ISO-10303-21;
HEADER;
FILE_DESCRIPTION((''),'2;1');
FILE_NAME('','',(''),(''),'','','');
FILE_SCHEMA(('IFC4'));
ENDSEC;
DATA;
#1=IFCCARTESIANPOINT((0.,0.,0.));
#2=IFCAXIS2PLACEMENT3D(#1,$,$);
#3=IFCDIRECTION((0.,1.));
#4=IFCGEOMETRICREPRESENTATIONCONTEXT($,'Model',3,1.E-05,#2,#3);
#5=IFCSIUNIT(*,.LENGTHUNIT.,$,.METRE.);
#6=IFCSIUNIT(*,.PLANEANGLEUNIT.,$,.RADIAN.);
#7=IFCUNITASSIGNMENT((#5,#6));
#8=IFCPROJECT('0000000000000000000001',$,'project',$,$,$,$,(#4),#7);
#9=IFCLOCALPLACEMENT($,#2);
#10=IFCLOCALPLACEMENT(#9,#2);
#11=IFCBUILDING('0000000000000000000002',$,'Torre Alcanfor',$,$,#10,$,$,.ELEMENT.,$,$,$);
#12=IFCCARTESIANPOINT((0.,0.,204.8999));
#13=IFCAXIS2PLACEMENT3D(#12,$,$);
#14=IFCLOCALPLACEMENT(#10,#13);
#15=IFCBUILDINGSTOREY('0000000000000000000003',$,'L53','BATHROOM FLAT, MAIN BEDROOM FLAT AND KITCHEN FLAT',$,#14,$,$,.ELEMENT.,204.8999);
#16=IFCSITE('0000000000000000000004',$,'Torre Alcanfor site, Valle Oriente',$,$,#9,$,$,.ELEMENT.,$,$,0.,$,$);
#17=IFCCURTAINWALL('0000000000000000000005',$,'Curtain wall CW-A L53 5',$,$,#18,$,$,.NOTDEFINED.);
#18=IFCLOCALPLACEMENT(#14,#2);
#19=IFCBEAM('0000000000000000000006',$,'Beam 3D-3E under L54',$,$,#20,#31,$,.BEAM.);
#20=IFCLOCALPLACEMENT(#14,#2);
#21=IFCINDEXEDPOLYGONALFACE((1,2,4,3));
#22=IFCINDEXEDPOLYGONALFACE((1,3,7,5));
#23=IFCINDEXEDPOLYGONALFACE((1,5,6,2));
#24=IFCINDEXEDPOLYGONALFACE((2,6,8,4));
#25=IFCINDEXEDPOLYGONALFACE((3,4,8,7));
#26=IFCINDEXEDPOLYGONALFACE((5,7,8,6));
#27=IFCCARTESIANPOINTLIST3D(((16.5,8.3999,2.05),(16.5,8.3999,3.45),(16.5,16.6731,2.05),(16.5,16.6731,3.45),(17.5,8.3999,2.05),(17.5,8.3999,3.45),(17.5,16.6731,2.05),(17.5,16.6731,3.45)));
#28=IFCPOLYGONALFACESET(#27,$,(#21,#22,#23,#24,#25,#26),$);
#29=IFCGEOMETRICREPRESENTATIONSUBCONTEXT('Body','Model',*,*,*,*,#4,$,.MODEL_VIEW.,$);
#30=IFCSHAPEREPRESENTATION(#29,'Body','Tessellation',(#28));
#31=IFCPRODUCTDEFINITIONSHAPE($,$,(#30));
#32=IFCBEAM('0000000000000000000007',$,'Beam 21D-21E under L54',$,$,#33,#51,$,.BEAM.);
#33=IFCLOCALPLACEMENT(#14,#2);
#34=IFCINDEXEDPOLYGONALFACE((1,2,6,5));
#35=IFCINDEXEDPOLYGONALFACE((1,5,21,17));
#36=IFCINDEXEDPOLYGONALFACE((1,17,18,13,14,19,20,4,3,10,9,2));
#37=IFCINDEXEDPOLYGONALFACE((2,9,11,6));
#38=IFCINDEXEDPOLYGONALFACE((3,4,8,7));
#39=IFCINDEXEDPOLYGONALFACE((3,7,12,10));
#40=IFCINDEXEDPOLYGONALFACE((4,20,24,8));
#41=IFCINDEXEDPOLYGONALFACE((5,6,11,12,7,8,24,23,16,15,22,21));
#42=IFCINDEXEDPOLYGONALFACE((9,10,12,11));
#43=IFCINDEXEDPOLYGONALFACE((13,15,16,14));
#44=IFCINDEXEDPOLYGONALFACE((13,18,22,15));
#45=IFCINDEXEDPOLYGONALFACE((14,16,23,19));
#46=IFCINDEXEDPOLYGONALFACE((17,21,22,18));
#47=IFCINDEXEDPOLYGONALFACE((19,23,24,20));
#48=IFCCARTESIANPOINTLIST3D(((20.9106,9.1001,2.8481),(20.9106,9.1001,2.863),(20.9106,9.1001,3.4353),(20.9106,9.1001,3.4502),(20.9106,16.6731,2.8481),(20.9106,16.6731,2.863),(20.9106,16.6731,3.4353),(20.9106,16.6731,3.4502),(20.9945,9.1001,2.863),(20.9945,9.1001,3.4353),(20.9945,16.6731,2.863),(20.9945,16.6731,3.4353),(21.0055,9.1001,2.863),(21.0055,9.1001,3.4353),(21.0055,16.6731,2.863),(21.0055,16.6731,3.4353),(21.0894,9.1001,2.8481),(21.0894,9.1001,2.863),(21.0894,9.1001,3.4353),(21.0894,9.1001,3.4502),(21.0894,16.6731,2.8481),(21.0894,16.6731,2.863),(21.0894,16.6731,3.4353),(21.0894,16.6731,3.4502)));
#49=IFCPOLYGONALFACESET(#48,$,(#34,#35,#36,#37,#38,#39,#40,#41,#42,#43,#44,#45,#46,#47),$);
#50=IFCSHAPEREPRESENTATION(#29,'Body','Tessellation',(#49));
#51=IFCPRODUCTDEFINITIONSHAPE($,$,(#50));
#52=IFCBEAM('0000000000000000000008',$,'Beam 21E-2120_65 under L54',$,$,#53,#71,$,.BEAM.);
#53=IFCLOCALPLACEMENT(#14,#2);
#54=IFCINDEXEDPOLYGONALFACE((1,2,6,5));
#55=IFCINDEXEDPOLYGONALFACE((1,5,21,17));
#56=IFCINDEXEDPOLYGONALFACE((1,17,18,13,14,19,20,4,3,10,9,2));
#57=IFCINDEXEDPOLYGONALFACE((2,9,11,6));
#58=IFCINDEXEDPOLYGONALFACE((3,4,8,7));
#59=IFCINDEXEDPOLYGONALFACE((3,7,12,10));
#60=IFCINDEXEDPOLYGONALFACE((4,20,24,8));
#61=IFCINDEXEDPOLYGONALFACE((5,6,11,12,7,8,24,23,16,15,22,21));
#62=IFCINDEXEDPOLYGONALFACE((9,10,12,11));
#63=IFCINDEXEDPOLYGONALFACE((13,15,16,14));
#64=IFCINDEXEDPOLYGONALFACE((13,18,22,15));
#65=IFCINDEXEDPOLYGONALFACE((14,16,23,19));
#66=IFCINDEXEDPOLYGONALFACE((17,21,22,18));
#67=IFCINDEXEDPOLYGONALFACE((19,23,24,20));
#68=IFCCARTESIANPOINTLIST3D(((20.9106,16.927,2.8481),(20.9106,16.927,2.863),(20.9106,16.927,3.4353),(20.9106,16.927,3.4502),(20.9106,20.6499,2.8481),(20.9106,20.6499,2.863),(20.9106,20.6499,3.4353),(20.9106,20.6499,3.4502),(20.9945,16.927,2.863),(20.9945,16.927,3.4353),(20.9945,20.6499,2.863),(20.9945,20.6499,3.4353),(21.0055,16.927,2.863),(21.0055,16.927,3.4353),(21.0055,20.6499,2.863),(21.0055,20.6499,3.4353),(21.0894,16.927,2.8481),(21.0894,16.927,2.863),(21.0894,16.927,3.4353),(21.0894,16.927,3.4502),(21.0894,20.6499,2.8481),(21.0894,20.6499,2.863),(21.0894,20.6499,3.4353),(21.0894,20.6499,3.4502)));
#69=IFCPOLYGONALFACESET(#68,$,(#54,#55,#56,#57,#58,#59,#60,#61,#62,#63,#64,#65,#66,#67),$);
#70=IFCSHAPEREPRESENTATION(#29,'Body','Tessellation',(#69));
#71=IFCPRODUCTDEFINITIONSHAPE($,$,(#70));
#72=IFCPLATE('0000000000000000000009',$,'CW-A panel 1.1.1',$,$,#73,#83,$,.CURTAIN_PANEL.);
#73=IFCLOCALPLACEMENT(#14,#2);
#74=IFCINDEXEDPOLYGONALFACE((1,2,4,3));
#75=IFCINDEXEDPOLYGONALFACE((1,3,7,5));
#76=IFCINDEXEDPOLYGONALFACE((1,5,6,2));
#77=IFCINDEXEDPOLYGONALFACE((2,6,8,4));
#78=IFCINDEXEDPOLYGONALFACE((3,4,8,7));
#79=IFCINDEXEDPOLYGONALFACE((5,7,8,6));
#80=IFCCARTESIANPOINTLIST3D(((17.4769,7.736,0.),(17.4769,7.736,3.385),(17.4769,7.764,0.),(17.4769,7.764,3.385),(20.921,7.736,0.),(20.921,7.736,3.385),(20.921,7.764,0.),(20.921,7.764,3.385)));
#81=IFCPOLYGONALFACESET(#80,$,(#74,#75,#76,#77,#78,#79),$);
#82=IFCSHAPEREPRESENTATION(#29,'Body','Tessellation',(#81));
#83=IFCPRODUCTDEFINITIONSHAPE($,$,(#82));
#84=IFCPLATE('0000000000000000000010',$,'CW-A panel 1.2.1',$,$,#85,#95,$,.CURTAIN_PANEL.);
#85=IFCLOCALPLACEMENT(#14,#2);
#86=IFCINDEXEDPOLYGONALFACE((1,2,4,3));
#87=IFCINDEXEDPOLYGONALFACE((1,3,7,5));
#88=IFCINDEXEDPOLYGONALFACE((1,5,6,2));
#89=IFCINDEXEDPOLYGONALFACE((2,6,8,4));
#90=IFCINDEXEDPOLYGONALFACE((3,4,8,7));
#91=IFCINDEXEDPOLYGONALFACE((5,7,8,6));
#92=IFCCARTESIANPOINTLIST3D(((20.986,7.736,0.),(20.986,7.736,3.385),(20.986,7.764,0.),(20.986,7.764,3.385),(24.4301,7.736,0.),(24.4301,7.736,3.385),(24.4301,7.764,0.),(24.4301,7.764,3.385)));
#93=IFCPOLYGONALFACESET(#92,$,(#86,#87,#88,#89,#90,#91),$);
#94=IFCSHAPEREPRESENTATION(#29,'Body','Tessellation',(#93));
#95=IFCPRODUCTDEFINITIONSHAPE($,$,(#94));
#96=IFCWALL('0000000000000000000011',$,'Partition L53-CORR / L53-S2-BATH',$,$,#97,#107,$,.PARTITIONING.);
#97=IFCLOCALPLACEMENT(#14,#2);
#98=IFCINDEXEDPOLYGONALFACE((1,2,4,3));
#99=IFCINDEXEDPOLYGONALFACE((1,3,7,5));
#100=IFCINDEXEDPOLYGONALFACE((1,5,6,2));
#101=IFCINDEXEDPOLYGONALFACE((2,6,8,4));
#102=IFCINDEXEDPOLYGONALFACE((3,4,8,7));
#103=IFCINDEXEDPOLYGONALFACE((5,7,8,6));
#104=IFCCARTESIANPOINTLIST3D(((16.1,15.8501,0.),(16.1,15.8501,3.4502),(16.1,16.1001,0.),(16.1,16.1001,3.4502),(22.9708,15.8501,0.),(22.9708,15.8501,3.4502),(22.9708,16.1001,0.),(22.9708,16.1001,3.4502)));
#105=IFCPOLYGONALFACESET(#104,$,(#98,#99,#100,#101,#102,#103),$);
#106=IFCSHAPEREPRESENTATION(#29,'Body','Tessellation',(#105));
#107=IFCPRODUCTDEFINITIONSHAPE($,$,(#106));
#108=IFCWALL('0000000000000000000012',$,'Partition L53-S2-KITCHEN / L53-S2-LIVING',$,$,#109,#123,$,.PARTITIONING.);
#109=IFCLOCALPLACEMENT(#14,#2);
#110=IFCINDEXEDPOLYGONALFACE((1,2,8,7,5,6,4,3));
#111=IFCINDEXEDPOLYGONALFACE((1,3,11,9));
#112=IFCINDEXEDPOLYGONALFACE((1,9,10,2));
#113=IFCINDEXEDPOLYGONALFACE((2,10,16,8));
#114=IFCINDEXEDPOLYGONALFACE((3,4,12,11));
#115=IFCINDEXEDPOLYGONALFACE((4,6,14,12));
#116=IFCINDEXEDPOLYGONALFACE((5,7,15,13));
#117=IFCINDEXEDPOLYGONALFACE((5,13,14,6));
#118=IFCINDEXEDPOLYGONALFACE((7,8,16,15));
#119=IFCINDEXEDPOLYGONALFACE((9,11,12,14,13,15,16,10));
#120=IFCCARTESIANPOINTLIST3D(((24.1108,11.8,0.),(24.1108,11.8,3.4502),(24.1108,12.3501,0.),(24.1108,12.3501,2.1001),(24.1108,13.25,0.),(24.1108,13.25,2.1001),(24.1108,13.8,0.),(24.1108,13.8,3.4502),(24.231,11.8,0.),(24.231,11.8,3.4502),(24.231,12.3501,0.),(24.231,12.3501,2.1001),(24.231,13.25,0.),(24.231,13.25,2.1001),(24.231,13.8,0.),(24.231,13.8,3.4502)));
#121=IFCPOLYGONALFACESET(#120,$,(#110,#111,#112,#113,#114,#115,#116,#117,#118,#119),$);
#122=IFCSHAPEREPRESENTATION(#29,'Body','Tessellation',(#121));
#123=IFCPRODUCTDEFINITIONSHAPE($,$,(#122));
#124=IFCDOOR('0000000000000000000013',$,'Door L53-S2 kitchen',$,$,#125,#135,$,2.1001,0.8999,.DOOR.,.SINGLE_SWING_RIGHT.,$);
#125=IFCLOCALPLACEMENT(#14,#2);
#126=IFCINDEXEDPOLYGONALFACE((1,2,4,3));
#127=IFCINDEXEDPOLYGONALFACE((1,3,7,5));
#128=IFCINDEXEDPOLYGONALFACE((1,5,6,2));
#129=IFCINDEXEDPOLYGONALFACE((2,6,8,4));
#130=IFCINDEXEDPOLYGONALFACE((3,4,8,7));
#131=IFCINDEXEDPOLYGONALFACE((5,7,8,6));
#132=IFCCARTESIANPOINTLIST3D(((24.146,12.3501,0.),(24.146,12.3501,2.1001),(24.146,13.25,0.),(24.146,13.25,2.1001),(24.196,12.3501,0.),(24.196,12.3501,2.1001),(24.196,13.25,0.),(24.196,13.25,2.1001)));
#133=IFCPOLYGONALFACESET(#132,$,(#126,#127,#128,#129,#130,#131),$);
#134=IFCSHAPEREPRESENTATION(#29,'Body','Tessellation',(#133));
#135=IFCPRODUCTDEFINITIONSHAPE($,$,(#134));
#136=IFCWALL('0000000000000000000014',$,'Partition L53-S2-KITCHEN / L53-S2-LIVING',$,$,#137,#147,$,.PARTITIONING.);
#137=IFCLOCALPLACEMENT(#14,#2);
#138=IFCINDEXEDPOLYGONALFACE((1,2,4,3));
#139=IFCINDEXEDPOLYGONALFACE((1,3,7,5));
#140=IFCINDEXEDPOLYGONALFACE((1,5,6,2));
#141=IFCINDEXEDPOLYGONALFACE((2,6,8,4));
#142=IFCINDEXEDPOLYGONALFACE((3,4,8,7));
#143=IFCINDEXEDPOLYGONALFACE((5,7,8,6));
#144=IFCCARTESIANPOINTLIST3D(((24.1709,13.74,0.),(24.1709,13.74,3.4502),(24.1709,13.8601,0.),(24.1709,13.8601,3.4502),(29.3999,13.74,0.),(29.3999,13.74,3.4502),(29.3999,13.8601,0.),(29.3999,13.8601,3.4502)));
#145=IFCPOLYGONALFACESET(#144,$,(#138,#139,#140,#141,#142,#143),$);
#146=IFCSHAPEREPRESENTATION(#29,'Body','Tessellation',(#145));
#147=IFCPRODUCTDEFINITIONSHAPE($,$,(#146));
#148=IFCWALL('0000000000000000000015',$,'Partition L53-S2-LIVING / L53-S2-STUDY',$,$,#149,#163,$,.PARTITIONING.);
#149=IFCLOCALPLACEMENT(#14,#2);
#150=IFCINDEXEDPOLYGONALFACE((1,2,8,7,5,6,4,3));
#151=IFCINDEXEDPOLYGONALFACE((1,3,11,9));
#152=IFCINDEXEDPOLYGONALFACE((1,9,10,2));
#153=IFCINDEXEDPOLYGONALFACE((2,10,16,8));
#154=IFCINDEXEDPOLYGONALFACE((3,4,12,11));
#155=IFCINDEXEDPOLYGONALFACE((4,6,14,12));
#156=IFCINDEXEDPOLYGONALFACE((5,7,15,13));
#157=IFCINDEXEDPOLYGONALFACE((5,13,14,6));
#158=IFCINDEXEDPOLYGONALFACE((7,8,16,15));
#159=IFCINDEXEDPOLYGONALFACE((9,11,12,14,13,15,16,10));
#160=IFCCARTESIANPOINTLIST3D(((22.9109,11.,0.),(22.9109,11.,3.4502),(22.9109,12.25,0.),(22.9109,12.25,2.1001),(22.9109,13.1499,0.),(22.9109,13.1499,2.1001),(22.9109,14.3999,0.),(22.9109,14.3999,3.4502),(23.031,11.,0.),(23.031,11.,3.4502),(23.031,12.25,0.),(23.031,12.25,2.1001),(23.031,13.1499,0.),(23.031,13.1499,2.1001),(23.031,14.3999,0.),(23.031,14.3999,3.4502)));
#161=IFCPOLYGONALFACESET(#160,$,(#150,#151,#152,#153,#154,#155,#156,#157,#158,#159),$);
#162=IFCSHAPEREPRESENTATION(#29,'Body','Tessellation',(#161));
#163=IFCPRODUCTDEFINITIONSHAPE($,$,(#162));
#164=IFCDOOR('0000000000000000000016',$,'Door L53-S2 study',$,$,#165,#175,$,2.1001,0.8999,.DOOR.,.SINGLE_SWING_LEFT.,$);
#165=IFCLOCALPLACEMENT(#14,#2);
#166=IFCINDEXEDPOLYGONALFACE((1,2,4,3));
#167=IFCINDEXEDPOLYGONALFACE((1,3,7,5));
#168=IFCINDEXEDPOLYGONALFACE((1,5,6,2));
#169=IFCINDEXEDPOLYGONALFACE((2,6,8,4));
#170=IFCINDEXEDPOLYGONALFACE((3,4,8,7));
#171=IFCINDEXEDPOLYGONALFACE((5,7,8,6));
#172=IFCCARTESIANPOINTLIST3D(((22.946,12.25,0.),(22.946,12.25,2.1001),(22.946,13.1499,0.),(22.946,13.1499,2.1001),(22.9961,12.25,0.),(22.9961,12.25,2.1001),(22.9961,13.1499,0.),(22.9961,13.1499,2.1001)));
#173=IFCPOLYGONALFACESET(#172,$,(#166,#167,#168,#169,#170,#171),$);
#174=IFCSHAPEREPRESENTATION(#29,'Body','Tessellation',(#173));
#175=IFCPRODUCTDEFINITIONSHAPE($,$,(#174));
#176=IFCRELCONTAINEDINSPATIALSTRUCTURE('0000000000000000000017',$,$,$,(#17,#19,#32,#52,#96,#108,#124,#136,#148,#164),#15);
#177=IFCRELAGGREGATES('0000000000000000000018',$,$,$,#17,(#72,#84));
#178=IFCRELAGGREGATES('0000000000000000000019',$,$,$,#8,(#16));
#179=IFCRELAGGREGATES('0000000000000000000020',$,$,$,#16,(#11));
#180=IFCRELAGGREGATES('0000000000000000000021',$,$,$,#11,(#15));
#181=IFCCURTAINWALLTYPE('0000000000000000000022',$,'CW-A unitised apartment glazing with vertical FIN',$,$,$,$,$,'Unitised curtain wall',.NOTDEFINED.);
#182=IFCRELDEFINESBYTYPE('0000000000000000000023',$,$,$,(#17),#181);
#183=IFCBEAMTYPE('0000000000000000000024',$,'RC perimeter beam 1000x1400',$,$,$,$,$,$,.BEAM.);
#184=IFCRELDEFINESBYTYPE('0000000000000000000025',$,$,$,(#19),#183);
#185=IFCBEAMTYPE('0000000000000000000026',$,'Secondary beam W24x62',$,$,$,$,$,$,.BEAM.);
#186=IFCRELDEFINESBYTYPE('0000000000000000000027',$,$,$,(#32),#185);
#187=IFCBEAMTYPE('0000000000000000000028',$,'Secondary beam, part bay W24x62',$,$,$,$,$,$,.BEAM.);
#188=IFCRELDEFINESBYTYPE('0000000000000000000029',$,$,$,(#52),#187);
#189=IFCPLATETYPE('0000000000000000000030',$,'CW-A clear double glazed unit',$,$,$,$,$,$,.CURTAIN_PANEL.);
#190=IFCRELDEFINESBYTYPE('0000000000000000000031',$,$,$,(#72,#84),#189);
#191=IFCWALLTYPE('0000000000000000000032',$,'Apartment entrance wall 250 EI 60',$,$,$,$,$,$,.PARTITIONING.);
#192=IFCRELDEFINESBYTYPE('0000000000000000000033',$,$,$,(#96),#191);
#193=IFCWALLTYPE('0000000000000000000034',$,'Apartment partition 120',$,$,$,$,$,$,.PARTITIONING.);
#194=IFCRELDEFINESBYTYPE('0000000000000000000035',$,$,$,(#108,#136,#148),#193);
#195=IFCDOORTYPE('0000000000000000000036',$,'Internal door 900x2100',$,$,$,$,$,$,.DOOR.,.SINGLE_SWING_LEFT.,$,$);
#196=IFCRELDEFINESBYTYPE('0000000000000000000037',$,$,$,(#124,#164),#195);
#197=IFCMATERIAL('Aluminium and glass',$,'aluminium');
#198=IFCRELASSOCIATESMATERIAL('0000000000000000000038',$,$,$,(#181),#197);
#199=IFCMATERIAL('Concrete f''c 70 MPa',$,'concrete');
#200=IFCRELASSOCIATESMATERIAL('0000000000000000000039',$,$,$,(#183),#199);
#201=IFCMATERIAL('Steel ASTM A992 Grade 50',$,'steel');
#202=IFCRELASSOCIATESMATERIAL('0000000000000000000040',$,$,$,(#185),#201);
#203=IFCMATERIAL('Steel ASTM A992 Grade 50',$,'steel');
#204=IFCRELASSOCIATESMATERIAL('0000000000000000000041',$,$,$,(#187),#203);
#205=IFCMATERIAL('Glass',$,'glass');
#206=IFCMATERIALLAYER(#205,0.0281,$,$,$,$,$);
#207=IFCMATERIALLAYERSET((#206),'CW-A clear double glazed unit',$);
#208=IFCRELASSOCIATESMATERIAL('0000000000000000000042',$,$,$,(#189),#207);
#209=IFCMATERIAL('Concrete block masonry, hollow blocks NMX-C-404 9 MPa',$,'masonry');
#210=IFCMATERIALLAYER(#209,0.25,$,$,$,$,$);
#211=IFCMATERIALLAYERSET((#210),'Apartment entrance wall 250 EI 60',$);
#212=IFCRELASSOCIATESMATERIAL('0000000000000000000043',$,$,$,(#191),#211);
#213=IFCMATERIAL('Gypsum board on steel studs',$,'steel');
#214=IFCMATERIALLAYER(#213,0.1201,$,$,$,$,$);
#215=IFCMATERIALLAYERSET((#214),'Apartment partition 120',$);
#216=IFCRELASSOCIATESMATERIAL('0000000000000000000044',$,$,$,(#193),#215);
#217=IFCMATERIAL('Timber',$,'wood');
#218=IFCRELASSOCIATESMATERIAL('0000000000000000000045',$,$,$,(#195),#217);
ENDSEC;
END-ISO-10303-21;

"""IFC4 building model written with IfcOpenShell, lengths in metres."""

from ifc_helpers import new_model, si_unit, direction, frame, frame_2d, origin, origin_2d, place, context, subcontext, project, spatial, rectangle, i_section, extrude, material, layer, layer_set, material_profile, profile_set, type_object, element, fill, aggregate, save


model = new_model("IFC4")

# Units and contexts
model_context = context("Model", 3, precision=1e-05, world=origin(), true_north=direction((0.0, 1.0)))
body_context = subcontext(model_context, "Body", "Model", "MODEL_VIEW")
ifc_project = project(units=[si_unit("LENGTHUNIT", "METRE"), si_unit("PLANEANGLEUNIT", "RADIAN")], contexts=[model_context])

# Site, building, storey
site_placement = place(None, origin())
site = spatial("IfcSite", under=ifc_project, at=site_placement, Name="Torre Alcanfor site, Valle Oriente", CompositionType="ELEMENT", RefElevation=0.0)
building_placement = place(site_placement, origin())
building = spatial("IfcBuilding", under=site, at=building_placement, Name="Torre Alcanfor", CompositionType="ELEMENT")
storey_placement = place(building_placement, frame((0.0, 0.0, 204.8999)))
storey = spatial("IfcBuildingStorey", under=building, at=storey_placement, Name="L53", Description="BATHROOM FLAT, MAIN BEDROOM FLAT AND KITCHEN FLAT", CompositionType="ELEMENT", Elevation=204.8999)

# Curtain wall
ifc_material_1 = material(Name="Aluminium and glass", Category="aluminium")
curtain_wall_type = type_object("IfcCurtainWallType", Name="CW-A unitised apartment glazing with vertical FIN", ElementType="Unitised curtain wall", PredefinedType="NOTDEFINED", material=ifc_material_1)
curtain_wall_placement = place(storey_placement, origin())
curtain_wall = element("IfcCurtainWall", 1, at=curtain_wall_placement, inside=storey, type_object=curtain_wall_type, Name="Curtain wall CW-A L53 5", PredefinedType="NOTDEFINED")

# Beams
ifc_material_2 = material(Name="Concrete f'c 70 MPa", Category="concrete")
ifc_material_profile_1 = material_profile(ifc_material_2, rectangle(XDim=1.0, YDim=1.3999, at=origin_2d()), Name="1000x1400")
ifc_profile_set_1 = profile_set([ifc_material_profile_1], Name="Concrete f'c 70 MPa")
beam_type_1 = type_object("IfcBeamType", Name="RC perimeter beam 1000x1400", PredefinedType="BEAM", material=ifc_profile_set_1)
beam_1_placement = place(storey_placement, frame((17.0, 8.3999, 2.75), z_axis=(0.0, 1.0, 0.0), x_axis=(-1.0, 0.0, 0.0)))
element("IfcBeam", 2, at=beam_1_placement, inside=storey, type_object=beam_type_1, Name="Beam 3D-3E under L54", PredefinedType="BEAM", context=body_context, shape_type="SweptSolid", body=[
    extrude(rectangle(XDim=1.0, YDim=1.3999, at=origin_2d()), origin(), (0.0, 0.0, 1.0), 8.2732),
])
ifc_material_3 = material(Name="Steel ASTM A992 Grade 50", Category="steel")
ifc_material_profile_2 = material_profile(ifc_material_3, i_section(OverallWidth=0.1787, OverallDepth=0.6021, WebThickness=0.011, FlangeThickness=0.0149, at=origin_2d()), Name="W24x62")
ifc_profile_set_2 = profile_set([ifc_material_profile_2], Name="Steel ASTM A992 Grade 50")
beam_type_2 = type_object("IfcBeamType", Name="Secondary beam W24x62", PredefinedType="BEAM", material=ifc_profile_set_2)
beam_2_placement = place(storey_placement, frame((21.0, 9.1001, 3.1492), z_axis=(0.0, 1.0, 0.0), x_axis=(-1.0, 0.0, 0.0)))
element("IfcBeam", 3, at=beam_2_placement, inside=storey, type_object=beam_type_2, Name="Beam 21D-21E under L54", PredefinedType="BEAM", context=body_context, shape_type="SweptSolid", body=[
    extrude(i_section(OverallWidth=0.1787, OverallDepth=0.6021, WebThickness=0.011, FlangeThickness=0.0149, at=origin_2d()), origin(), (0.0, 0.0, 1.0), 7.573),
])
ifc_material_4 = material(Name="Steel ASTM A992 Grade 50", Category="steel")
ifc_material_profile_3 = material_profile(ifc_material_4, i_section(OverallWidth=0.1787, OverallDepth=0.6021, WebThickness=0.011, FlangeThickness=0.0149, at=origin_2d()), Name="W24x62")
ifc_profile_set_3 = profile_set([ifc_material_profile_3], Name="Steel ASTM A992 Grade 50")
beam_type_3 = type_object("IfcBeamType", Name="Secondary beam, part bay W24x62", PredefinedType="BEAM", material=ifc_profile_set_3)
beam_3_placement = place(storey_placement, frame((21.0, 16.927, 3.1492), z_axis=(0.0, 1.0, 0.0), x_axis=(-1.0, 0.0, 0.0)))
element("IfcBeam", 4, at=beam_3_placement, inside=storey, type_object=beam_type_3, Name="Beam 21E-2120_65 under L54", PredefinedType="BEAM", context=body_context, shape_type="SweptSolid", body=[
    extrude(i_section(OverallWidth=0.1787, OverallDepth=0.6021, WebThickness=0.011, FlangeThickness=0.0149, at=origin_2d()), origin(), (0.0, 0.0, 1.0), 3.7229),
])

# Plates
ifc_material_5 = material(Name="Glass", Category="glass")
ifc_layer_1 = layer(ifc_material_5, 0.0281)
ifc_layer_set_1 = layer_set([ifc_layer_1], Name="CW-A clear double glazed unit")
plate_type = type_object("IfcPlateType", Name="CW-A clear double glazed unit", PredefinedType="CURTAIN_PANEL", material=ifc_layer_set_1)
plate_1_placement = place(storey_placement, frame((19.199, 7.75, 0.0), z_axis=(0.0, 0.0, 1.0), x_axis=(1.0, 0.0, 0.0)))
plate_1 = element("IfcPlate", 5, at=plate_1_placement, type_object=plate_type, Name="CW-A panel 1.1.1", PredefinedType="CURTAIN_PANEL", context=body_context, shape_type="SweptSolid", body=[
    extrude(rectangle(XDim=3.4441, YDim=0.0281, at=origin_2d()), origin(), (0.0, 0.0, 1.0), 3.385),
])
plate_2_placement = place(storey_placement, frame((22.708, 7.75, 0.0), z_axis=(0.0, 0.0, 1.0), x_axis=(1.0, 0.0, 0.0)))
plate_2 = element("IfcPlate", 6, at=plate_2_placement, type_object=plate_type, Name="CW-A panel 1.2.1", PredefinedType="CURTAIN_PANEL", context=body_context, shape_type="SweptSolid", body=[
    extrude(rectangle(XDim=3.4441, YDim=0.0281, at=origin_2d()), origin(), (0.0, 0.0, 1.0), 3.385),
])
aggregate(curtain_wall, [plate_1, plate_2])

# Wall
ifc_material_6 = material(Name="Concrete block masonry, hollow blocks NMX-C-404 9 MPa", Category="masonry")
ifc_layer_2 = layer(ifc_material_6, 0.25)
ifc_layer_set_2 = layer_set([ifc_layer_2], Name="Apartment entrance wall 250 EI 60")
wall_type_1 = type_object("IfcWallType", Name="Apartment entrance wall 250 EI 60", PredefinedType="PARTITIONING", material=ifc_layer_set_2)
wall_1_placement = place(storey_placement, frame((22.9709, 15.9751, 0.0), z_axis=(0.0, 0.0, 1.0), x_axis=(-1.0, 0.0, 0.0)))
element("IfcWall", 7, at=wall_1_placement, inside=storey, type_object=wall_type_1, Name="Partition L53-CORR / L53-S2-BATH", PredefinedType="PARTITIONING", context=body_context, shape_type="SweptSolid", body=[
    extrude(rectangle(XDim=6.8708, YDim=0.25, at=frame_2d((3.4355, 0.0))), origin(), (0.0, 0.0, 1.0), 3.4502),
])

# Wall, opening, door
ifc_material_7 = material(Name="Gypsum board on steel studs", Category="steel")
ifc_layer_3 = layer(ifc_material_7, 0.1201)
ifc_layer_set_3 = layer_set([ifc_layer_3], Name="Apartment partition 120")
wall_type_2 = type_object("IfcWallType", Name="Apartment partition 120", PredefinedType="PARTITIONING", material=ifc_layer_set_3)
wall_2_placement = place(storey_placement, frame((24.1709, 11.8, 0.0), z_axis=(0.0, 0.0, 1.0), x_axis=(0.0, 1.0, 0.0)))
wall_2 = element("IfcWall", 8, at=wall_2_placement, inside=storey, type_object=wall_type_2, Name="Partition L53-S2-KITCHEN / L53-S2-LIVING", PredefinedType="PARTITIONING", context=body_context, shape_type="SweptSolid", body=[
    extrude(rectangle(XDim=2.0, YDim=0.1201, at=frame_2d((1.0, 0.0))), origin(), (0.0, 0.0, 1.0), 3.4502),
])
opening_1_placement = place(wall_2_placement, frame((0.55, 0.0, 0.0)))
opening_1 = element("IfcOpeningElement", 9, at=opening_1_placement, cuts=wall_2, PredefinedType="OPENING", context=body_context, shape_type="SweptSolid", body=[
    extrude(rectangle(XDim=0.8999, YDim=2.1001, at=frame_2d((0.45, 1.05))), frame((0.0, 0.0701, 0.0), z_axis=(0.0, -1.0, 0.0), x_axis=(1.0, 0.0, 0.0)), (0.0, 0.0, 1.0), 0.1401),
])
ifc_material_8 = material(Name="Timber", Category="wood")
door_type_1 = type_object("IfcDoorType", Name="Internal door 900x2100", OperationType="SINGLE_SWING_LEFT", PredefinedType="DOOR", material=ifc_material_8)
door_1_placement = place(opening_1_placement, frame((0.8999, 0.0, 0.0), z_axis=(0.0, 0.0, 1.0), x_axis=(-1.0, 0.0, 0.0)))
door_1 = element("IfcDoor", 10, at=door_1_placement, inside=storey, type_object=door_type_1, Name="Door L53-S2 kitchen", OperationType="SINGLE_SWING_RIGHT", OverallHeight=2.1001, OverallWidth=0.8999, PredefinedType="DOOR", context=body_context, shape_type="SweptSolid", body=[
    extrude(rectangle(XDim=0.8999, YDim=2.1001, at=frame_2d((0.45, 1.05))), frame((0.0, 0.0251, 0.0), z_axis=(0.0, -1.0, 0.0), x_axis=(1.0, 0.0, 0.0)), (0.0, 0.0, 1.0), 0.05),
])
fill(opening_1, door_1)

# Wall
wall_3_placement = place(storey_placement, frame((24.1709, 13.8, 0.0), z_axis=(0.0, 0.0, 1.0), x_axis=(1.0, 0.0, 0.0)))
element("IfcWall", 11, at=wall_3_placement, inside=storey, type_object=wall_type_2, Name="Partition L53-S2-KITCHEN / L53-S2-LIVING", PredefinedType="PARTITIONING", context=body_context, shape_type="SweptSolid", body=[
    extrude(rectangle(XDim=5.229, YDim=0.1201, at=frame_2d((2.6145, 0.0))), origin(), (0.0, 0.0, 1.0), 3.4502),
])

# Wall, opening, door
wall_4_placement = place(storey_placement, frame((22.9709, 11.0, 0.0), z_axis=(0.0, 0.0, 1.0), x_axis=(0.0, 1.0, 0.0)))
wall_4 = element("IfcWall", 12, at=wall_4_placement, inside=storey, type_object=wall_type_2, Name="Partition L53-S2-LIVING / L53-S2-STUDY", PredefinedType="PARTITIONING", context=body_context, shape_type="SweptSolid", body=[
    extrude(rectangle(XDim=3.3999, YDim=0.1201, at=frame_2d((1.7, 0.0))), origin(), (0.0, 0.0, 1.0), 3.4502),
])
opening_2_placement = place(wall_4_placement, frame((1.25, 0.0, 0.0)))
opening_2 = element("IfcOpeningElement", 13, at=opening_2_placement, cuts=wall_4, PredefinedType="OPENING", context=body_context, shape_type="SweptSolid", body=[
    extrude(rectangle(XDim=0.8999, YDim=2.1001, at=frame_2d((0.45, 1.05))), frame((0.0, 0.0701, 0.0), z_axis=(0.0, -1.0, 0.0), x_axis=(1.0, 0.0, 0.0)), (0.0, 0.0, 1.0), 0.1401),
])
door_2_placement = place(opening_2_placement, origin())
door_2 = element("IfcDoor", 14, at=door_2_placement, inside=storey, type_object=door_type_1, Name="Door L53-S2 study", OperationType="SINGLE_SWING_LEFT", OverallHeight=2.1001, OverallWidth=0.8999, PredefinedType="DOOR", context=body_context, shape_type="SweptSolid", body=[
    extrude(rectangle(XDim=0.8999, YDim=2.1001, at=frame_2d((0.45, 1.05))), frame((0.0, 0.0249, 0.0), z_axis=(0.0, -1.0, 0.0), x_axis=(1.0, 0.0, 0.0)), (0.0, 0.0, 1.0), 0.05),
])
fill(opening_2, door_2)

save(model, "model.ifc")
